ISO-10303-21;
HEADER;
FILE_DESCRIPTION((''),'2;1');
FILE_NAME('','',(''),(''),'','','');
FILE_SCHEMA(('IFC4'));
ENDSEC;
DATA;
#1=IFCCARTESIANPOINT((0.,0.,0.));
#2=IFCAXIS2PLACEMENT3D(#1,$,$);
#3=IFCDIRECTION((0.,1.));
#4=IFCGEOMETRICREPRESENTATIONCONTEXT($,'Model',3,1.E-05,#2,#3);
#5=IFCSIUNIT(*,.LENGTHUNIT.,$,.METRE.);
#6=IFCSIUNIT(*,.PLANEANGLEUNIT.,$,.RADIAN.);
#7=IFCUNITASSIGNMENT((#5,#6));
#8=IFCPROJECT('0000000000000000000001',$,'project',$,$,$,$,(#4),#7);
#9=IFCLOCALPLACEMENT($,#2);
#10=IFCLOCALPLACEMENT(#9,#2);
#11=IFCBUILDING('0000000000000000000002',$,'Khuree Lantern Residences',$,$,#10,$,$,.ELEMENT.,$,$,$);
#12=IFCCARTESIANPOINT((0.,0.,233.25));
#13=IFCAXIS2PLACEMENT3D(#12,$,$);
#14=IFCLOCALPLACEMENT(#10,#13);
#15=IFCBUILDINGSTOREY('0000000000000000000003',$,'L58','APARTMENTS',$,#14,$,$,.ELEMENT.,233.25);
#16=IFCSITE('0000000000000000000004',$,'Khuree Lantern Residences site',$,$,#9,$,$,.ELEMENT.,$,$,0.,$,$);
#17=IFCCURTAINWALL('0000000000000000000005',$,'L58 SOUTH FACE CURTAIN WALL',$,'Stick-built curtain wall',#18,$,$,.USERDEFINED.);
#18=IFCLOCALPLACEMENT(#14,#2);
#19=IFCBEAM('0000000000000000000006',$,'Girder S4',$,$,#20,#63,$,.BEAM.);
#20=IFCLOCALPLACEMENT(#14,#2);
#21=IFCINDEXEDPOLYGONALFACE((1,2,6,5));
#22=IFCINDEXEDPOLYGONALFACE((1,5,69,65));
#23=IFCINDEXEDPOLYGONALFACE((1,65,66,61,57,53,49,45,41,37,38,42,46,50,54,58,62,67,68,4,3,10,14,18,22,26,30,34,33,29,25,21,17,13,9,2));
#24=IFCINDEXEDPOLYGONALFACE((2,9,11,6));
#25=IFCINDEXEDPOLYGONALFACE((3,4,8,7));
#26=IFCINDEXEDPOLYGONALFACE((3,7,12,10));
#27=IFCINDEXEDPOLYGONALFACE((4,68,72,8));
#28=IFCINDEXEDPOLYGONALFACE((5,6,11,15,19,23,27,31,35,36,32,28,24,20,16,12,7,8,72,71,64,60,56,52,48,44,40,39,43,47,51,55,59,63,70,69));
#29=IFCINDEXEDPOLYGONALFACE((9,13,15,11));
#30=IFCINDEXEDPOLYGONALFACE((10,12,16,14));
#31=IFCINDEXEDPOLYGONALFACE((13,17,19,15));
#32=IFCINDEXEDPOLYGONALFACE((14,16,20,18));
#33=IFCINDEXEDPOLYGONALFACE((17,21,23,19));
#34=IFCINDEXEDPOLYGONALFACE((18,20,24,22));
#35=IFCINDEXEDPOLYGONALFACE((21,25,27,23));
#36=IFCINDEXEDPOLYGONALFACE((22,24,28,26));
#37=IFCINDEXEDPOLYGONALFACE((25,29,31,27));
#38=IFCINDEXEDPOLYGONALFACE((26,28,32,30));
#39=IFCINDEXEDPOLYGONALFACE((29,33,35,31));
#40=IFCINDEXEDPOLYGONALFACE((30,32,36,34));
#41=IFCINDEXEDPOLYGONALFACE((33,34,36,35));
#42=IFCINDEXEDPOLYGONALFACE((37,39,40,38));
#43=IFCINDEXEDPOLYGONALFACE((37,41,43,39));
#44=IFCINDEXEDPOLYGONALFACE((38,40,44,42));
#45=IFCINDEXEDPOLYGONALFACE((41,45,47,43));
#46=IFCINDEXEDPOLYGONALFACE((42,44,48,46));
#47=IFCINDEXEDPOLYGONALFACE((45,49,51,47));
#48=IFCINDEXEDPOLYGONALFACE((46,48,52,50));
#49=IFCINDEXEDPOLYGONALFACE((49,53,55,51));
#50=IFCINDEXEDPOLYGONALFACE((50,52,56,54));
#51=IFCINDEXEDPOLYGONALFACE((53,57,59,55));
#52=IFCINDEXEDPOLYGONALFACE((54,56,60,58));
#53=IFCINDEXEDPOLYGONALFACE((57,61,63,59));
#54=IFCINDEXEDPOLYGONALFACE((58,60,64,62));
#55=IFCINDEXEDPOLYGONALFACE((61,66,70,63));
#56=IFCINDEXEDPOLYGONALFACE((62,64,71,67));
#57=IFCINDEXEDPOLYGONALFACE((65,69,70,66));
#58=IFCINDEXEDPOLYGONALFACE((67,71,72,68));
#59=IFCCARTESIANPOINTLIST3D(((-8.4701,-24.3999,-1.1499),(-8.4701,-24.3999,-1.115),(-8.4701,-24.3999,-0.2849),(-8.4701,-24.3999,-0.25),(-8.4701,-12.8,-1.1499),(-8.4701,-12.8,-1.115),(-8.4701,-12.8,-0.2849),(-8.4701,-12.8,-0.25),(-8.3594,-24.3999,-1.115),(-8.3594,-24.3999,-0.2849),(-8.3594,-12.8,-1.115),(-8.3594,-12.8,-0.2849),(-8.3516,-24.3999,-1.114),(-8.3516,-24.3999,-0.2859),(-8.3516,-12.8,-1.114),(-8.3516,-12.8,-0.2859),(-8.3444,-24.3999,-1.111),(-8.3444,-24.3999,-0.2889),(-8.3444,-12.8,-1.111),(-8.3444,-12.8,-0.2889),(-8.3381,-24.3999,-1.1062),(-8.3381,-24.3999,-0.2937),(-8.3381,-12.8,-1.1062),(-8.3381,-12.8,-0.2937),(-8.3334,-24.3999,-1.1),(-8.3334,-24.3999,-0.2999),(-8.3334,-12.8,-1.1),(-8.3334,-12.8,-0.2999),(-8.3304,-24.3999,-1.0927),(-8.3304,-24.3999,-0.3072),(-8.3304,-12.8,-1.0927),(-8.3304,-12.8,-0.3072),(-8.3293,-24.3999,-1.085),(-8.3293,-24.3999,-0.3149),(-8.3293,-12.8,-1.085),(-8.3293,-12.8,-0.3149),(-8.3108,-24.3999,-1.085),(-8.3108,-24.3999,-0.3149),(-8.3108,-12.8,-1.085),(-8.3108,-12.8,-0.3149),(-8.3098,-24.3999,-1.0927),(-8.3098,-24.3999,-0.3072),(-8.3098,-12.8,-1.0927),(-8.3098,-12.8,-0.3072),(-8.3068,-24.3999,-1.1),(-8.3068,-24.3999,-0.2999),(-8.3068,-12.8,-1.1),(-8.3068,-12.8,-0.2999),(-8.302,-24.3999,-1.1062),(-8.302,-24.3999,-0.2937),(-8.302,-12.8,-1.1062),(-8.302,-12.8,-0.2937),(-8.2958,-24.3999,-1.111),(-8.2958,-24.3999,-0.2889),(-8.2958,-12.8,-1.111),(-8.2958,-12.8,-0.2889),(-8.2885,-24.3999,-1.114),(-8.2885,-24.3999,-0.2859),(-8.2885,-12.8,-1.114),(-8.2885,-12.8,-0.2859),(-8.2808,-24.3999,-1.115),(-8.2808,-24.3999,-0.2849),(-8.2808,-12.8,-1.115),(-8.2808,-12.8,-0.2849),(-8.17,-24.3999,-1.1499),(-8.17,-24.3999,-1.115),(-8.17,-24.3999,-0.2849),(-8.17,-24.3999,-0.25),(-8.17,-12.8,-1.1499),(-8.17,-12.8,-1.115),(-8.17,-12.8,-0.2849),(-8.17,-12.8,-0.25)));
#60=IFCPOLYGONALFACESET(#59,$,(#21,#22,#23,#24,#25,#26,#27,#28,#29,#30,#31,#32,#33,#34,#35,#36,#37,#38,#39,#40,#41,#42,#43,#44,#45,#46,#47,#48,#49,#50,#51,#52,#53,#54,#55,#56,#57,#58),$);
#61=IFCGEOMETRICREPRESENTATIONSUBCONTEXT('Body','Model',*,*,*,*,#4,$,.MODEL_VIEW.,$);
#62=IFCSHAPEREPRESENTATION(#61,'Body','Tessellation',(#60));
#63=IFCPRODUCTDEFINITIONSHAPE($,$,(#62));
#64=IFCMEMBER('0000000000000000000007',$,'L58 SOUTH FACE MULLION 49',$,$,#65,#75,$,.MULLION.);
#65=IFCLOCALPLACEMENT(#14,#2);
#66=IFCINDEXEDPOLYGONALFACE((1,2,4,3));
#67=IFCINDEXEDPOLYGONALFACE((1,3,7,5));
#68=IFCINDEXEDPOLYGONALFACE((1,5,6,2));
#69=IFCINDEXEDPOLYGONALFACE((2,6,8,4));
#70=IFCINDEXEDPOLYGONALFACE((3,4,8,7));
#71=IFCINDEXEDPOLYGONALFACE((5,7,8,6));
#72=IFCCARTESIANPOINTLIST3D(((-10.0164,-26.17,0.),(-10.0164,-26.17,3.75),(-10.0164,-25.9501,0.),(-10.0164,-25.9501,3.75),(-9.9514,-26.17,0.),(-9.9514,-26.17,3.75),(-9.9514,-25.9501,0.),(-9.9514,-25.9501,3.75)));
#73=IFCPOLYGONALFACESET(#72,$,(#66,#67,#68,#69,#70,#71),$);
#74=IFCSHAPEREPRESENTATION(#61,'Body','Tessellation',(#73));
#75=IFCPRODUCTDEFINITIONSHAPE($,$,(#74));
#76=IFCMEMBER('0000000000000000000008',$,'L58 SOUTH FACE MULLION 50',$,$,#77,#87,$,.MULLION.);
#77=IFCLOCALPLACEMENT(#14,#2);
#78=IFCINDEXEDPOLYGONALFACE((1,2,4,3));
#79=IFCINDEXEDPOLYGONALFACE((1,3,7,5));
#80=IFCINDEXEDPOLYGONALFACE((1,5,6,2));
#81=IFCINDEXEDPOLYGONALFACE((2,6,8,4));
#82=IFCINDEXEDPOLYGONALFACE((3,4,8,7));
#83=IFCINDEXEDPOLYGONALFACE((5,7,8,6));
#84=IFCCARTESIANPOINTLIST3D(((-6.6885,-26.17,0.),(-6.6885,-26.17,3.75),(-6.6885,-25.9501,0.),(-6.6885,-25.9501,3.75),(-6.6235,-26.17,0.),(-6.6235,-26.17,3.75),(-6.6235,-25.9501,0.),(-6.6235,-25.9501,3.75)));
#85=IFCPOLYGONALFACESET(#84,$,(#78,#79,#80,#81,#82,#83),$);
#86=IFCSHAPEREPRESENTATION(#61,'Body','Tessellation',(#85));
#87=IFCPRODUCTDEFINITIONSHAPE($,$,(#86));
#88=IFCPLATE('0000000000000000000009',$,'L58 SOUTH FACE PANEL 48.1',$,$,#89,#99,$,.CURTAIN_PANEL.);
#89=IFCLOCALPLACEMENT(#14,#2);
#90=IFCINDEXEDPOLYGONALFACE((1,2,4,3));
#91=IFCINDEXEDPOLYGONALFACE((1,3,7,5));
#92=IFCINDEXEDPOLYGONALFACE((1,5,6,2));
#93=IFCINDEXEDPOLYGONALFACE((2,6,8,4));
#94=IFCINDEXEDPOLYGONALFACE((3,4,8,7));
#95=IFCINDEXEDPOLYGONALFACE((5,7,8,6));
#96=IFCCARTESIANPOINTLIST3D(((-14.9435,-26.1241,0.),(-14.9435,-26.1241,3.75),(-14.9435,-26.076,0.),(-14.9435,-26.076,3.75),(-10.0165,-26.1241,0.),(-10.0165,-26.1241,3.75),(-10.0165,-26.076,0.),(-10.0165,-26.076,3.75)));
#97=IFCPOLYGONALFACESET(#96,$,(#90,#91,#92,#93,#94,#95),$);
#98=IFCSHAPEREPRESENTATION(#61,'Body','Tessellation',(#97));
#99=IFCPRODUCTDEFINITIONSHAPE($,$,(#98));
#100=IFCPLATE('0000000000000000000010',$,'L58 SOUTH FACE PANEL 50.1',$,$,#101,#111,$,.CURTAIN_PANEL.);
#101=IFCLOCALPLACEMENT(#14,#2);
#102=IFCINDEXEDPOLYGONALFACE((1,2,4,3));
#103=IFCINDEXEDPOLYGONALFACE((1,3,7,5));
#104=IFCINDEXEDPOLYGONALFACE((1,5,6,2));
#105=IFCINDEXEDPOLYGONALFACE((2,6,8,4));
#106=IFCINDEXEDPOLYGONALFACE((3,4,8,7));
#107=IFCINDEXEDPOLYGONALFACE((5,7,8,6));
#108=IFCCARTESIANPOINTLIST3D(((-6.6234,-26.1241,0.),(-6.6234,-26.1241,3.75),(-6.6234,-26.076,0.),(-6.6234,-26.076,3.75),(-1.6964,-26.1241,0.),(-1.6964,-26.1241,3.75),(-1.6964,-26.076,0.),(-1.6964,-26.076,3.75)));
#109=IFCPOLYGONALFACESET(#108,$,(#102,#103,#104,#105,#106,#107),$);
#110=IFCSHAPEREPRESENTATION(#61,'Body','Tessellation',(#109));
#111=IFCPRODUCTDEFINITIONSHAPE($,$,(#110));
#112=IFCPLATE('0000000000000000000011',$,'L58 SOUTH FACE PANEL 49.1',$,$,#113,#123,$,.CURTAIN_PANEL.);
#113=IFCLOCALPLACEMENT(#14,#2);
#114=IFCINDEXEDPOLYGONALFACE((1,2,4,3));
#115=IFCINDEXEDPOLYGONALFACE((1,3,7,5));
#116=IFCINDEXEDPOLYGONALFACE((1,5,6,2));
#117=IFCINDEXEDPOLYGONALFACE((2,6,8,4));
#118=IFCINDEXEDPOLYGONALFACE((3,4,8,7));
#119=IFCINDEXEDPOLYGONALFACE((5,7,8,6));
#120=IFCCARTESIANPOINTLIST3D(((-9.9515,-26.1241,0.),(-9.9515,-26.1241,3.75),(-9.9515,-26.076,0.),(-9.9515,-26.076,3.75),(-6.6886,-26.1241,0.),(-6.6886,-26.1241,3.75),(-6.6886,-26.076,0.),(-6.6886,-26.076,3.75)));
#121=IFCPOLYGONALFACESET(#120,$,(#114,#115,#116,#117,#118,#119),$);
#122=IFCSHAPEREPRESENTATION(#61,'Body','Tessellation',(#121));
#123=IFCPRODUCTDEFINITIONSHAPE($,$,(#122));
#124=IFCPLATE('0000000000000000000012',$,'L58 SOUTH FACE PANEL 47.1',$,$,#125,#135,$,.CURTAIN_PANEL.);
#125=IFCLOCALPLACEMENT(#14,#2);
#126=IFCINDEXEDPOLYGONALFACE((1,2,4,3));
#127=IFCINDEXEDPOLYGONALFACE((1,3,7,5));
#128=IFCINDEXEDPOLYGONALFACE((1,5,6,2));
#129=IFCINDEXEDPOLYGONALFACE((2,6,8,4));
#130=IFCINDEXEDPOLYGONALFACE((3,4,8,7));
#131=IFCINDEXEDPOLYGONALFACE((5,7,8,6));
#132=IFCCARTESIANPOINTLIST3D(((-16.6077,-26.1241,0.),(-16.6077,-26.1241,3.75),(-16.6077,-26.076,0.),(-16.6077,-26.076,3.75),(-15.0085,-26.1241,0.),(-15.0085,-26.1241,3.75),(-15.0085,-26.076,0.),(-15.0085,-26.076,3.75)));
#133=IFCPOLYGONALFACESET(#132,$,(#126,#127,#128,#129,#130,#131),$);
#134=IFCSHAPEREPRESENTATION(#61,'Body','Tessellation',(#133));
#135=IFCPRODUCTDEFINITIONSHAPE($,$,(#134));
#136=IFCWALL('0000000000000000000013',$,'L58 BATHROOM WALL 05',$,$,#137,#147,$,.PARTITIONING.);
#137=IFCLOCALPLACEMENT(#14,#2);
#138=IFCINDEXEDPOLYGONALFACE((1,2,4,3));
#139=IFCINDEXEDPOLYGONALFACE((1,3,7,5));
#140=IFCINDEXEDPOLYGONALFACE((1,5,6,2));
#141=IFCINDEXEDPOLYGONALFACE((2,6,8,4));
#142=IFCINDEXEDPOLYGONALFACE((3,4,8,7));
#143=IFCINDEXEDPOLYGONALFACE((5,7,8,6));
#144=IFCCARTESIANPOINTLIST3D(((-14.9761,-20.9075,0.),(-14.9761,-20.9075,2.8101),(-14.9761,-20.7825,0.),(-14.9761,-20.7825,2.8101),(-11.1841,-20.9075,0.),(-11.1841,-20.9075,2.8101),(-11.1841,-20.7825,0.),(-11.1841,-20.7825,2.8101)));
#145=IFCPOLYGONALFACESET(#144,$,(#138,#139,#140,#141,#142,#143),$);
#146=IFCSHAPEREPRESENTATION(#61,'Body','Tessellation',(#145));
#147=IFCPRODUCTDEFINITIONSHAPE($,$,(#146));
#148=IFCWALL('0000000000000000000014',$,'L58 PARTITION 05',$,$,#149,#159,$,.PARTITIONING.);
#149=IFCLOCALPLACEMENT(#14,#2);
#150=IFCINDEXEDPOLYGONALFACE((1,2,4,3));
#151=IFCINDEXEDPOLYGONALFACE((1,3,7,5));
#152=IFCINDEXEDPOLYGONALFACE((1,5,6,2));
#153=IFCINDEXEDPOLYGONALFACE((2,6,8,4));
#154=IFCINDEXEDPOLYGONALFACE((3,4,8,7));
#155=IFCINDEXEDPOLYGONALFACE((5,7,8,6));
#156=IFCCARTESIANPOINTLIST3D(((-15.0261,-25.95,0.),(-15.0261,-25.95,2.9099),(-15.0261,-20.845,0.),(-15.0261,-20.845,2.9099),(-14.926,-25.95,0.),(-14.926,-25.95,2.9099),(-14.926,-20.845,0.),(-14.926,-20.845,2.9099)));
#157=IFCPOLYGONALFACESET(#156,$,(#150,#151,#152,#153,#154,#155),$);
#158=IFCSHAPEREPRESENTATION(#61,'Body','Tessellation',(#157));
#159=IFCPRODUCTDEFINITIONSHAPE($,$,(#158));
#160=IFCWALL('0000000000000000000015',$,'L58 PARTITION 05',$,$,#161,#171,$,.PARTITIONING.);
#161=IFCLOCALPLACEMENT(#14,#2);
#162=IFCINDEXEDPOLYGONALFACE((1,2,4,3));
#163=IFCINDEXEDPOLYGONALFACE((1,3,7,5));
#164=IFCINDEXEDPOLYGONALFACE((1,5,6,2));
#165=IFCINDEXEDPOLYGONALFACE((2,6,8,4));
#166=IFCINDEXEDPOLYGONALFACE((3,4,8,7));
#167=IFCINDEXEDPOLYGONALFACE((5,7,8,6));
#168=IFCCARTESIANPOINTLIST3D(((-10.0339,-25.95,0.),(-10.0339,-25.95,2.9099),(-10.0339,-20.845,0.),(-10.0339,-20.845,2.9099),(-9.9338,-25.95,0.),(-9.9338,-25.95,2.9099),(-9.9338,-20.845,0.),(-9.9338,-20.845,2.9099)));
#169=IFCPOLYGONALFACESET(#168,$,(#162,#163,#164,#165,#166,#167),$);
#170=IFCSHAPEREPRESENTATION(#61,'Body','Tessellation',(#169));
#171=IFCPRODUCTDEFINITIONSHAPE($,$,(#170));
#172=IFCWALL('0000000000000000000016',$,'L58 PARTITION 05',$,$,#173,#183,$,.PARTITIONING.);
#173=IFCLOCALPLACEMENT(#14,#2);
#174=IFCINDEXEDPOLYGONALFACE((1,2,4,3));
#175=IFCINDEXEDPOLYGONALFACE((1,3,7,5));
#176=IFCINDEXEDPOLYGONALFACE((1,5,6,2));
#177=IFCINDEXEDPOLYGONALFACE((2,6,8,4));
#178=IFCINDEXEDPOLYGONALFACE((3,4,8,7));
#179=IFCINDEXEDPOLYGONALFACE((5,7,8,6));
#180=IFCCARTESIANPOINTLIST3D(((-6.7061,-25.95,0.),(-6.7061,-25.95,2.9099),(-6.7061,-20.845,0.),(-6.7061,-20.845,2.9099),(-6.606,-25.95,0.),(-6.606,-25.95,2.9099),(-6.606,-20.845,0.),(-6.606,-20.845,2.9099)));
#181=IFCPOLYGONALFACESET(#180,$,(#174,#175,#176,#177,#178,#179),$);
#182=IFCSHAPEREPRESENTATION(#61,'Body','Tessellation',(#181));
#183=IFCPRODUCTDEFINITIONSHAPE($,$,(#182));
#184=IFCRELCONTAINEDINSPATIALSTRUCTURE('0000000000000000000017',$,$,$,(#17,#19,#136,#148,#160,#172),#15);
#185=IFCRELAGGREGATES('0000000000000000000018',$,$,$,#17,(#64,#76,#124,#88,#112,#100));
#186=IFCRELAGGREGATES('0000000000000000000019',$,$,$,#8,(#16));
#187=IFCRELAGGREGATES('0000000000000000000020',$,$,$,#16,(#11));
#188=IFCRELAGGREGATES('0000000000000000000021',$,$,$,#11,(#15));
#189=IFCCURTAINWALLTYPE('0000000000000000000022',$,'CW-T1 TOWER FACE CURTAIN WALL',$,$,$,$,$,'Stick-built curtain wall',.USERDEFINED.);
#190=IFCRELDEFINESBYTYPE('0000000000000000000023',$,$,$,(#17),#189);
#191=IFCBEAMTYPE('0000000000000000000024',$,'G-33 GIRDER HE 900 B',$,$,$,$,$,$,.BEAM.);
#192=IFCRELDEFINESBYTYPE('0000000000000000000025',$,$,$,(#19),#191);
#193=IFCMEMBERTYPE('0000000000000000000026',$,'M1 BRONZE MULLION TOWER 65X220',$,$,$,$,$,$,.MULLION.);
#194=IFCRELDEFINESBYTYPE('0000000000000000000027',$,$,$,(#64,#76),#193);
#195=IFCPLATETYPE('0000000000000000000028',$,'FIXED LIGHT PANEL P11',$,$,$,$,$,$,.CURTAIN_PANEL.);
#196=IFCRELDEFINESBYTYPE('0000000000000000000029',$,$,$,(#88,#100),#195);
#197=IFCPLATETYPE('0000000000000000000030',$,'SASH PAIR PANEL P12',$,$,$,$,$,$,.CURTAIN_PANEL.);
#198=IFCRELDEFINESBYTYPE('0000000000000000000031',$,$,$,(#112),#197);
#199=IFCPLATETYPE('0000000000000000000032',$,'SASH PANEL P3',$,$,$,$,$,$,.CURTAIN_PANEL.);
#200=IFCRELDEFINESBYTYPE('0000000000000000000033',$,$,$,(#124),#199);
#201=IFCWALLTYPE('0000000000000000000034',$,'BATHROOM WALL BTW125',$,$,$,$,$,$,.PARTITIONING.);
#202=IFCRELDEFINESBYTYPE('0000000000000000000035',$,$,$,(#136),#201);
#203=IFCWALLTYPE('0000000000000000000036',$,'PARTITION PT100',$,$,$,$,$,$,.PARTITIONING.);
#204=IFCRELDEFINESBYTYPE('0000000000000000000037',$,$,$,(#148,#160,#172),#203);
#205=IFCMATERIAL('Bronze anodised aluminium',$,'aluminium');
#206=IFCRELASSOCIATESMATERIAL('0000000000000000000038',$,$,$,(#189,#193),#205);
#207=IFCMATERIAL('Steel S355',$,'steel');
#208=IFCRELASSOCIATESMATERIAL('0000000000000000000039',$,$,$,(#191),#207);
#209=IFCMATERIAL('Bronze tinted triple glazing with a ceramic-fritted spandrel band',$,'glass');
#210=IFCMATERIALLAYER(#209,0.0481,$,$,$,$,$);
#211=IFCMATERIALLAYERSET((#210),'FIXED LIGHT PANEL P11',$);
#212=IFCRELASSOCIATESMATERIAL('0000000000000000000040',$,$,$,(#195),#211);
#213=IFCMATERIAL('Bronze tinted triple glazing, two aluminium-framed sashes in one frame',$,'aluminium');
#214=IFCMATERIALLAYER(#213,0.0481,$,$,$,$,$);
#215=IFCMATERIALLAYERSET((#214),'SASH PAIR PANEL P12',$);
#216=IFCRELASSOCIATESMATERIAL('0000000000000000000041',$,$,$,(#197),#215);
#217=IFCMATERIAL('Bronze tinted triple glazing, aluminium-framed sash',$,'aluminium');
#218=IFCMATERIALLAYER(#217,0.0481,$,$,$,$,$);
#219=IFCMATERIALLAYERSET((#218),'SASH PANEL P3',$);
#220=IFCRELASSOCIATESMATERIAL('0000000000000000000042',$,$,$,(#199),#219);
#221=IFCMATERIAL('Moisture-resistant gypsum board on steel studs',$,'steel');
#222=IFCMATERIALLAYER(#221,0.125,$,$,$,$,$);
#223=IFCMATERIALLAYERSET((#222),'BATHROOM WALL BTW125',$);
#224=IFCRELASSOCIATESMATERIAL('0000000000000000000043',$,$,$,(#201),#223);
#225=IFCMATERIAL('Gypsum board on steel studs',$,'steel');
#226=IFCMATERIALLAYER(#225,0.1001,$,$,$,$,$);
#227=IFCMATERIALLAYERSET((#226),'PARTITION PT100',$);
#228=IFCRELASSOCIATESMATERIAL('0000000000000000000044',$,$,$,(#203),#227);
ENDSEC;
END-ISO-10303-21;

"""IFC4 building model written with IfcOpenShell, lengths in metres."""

from ifc_helpers import new_model, si_unit, direction, frame, frame_2d, origin, origin_2d, place, context, subcontext, project, spatial, rectangle, i_section, extrude, material, layer, layer_set, material_profile, profile_set, type_object, element, aggregate, save


model = new_model("IFC4")

# Units and contexts
model_context = context("Model", 3, precision=1e-05, world=origin(), true_north=direction((0.0, 1.0)))
body_context = subcontext(model_context, "Body", "Model", "MODEL_VIEW")
ifc_project = project(units=[si_unit("LENGTHUNIT", "METRE"), si_unit("PLANEANGLEUNIT", "RADIAN")], contexts=[model_context])

# Site, building, storey
site_placement = place(None, origin())
site = spatial("IfcSite", under=ifc_project, at=site_placement, Name="Khuree Lantern Residences site", CompositionType="ELEMENT", RefElevation=0.0)
building_placement = place(site_placement, origin())
building = spatial("IfcBuilding", under=site, at=building_placement, Name="Khuree Lantern Residences", CompositionType="ELEMENT")
storey_placement = place(building_placement, frame((0.0, 0.0, 233.25)))
storey = spatial("IfcBuildingStorey", under=building, at=storey_placement, Name="L58", Description="APARTMENTS", CompositionType="ELEMENT", Elevation=233.25)

# Shared definitions
ifc_material_1 = material(Name="Steel S355", Category="steel")

# Curtain wall
ifc_material_2 = material(Name="Bronze anodised aluminium", Category="aluminium")
curtain_wall_type = type_object("IfcCurtainWallType", Name="CW-T1 TOWER FACE CURTAIN WALL", ElementType="Stick-built curtain wall", PredefinedType="USERDEFINED", material=ifc_material_2)
curtain_wall_placement = place(storey_placement, origin())
curtain_wall = element("IfcCurtainWall", 1, at=curtain_wall_placement, inside=storey, type_object=curtain_wall_type, Name="L58 SOUTH FACE CURTAIN WALL", ObjectType="Stick-built curtain wall", PredefinedType="USERDEFINED")

# Beam
ifc_material_profile_1 = material_profile(ifc_material_1, i_section(OverallWidth=0.3, OverallDepth=0.8999, WebThickness=0.0186, FlangeThickness=0.0349, FilletRadius=0.03, at=origin_2d()), Name="HE 900 B")
ifc_profile_set_1 = profile_set([ifc_material_profile_1], Name="Steel S355")
beam_type_1 = type_object("IfcBeamType", Name="G-33 GIRDER HE 900 B", PredefinedType="BEAM", material=ifc_profile_set_1)
beam_1_placement = place(storey_placement, frame((-8.3201, -24.3999, -0.7), z_axis=(0.0, 1.0, 0.0), x_axis=(-1.0, 0.0, 0.0)))
element("IfcBeam", 2, at=beam_1_placement, inside=storey, type_object=beam_type_1, Name="Girder S4", PredefinedType="BEAM", context=body_context, shape_type="SweptSolid", body=[
    extrude(i_section(OverallWidth=0.3, OverallDepth=0.8999, WebThickness=0.0186, FlangeThickness=0.0349, FilletRadius=0.03, at=origin_2d()), origin(), (0.0, 0.0, 1.0), 11.5999),
])

# Members
ifc_material_profile_2 = material_profile(ifc_material_2, rectangle(XDim=0.0649, YDim=0.22, at=origin_2d()), Name="M1 65X220")
ifc_profile_set_2 = profile_set([ifc_material_profile_2], Name="Bronze anodised aluminium")
member_type_1 = type_object("IfcMemberType", Name="M1 BRONZE MULLION TOWER 65X220", PredefinedType="MULLION", material=ifc_profile_set_2)
member_1_placement = place(storey_placement, frame((-9.9839, -26.0601, 0.0), z_axis=(0.0, 0.0, 1.0), x_axis=(1.0, 0.0, 0.0)))
member_1 = element("IfcMember", 3, at=member_1_placement, type_object=member_type_1, Name="L58 SOUTH FACE MULLION 49", PredefinedType="MULLION", context=body_context, shape_type="SweptSolid", body=[
    extrude(rectangle(XDim=0.0649, YDim=0.22, at=origin_2d()), origin(), (0.0, 0.0, 1.0), 3.75),
])
member_2_placement = place(storey_placement, frame((-6.656, -26.0601, 0.0), z_axis=(0.0, 0.0, 1.0), x_axis=(1.0, 0.0, 0.0)))
member_2 = element("IfcMember", 4, at=member_2_placement, type_object=member_type_1, Name="L58 SOUTH FACE MULLION 50", PredefinedType="MULLION", context=body_context, shape_type="SweptSolid", body=[
    extrude(rectangle(XDim=0.0649, YDim=0.22, at=origin_2d()), origin(), (0.0, 0.0, 1.0), 3.75),
])

# Plates
ifc_material_3 = material(Name="Bronze tinted triple glazing with a ceramic-fritted spandrel band", Category="glass")
ifc_layer_1 = layer(ifc_material_3, 0.0481)
ifc_layer_set_1 = layer_set([ifc_layer_1], Name="FIXED LIGHT PANEL P11")
plate_type_1 = type_object("IfcPlateType", Name="FIXED LIGHT PANEL P11", PredefinedType="CURTAIN_PANEL", material=ifc_layer_set_1)
plate_1_placement = place(storey_placement, frame((-12.48, -26.1001, 0.0), z_axis=(0.0, 0.0, 1.0), x_axis=(1.0, 0.0, 0.0)))
plate_1 = element("IfcPlate", 5, at=plate_1_placement, type_object=plate_type_1, Name="L58 SOUTH FACE PANEL 48.1", PredefinedType="CURTAIN_PANEL", context=body_context, shape_type="SweptSolid", body=[
    extrude(rectangle(XDim=4.927, YDim=0.0481, at=origin_2d()), origin(), (0.0, 0.0, 1.0), 3.75),
])
plate_2_placement = place(storey_placement, frame((-4.1599, -26.1001, 0.0), z_axis=(0.0, 0.0, 1.0), x_axis=(1.0, 0.0, 0.0)))
plate_2 = element("IfcPlate", 6, at=plate_2_placement, type_object=plate_type_1, Name="L58 SOUTH FACE PANEL 50.1", PredefinedType="CURTAIN_PANEL", context=body_context, shape_type="SweptSolid", body=[
    extrude(rectangle(XDim=4.927, YDim=0.0481, at=origin_2d()), origin(), (0.0, 0.0, 1.0), 3.75),
])
ifc_material_4 = material(Name="Bronze tinted triple glazing, two aluminium-framed sashes in one frame", Category="aluminium")
ifc_layer_2 = layer(ifc_material_4, 0.0481)
ifc_layer_set_2 = layer_set([ifc_layer_2], Name="SASH PAIR PANEL P12")
plate_type_2 = type_object("IfcPlateType", Name="SASH PAIR PANEL P12", PredefinedType="CURTAIN_PANEL", material=ifc_layer_set_2)
plate_3_placement = place(storey_placement, frame((-8.3201, -26.1001, 0.0), z_axis=(0.0, 0.0, 1.0), x_axis=(1.0, 0.0, 0.0)))
plate_3 = element("IfcPlate", 7, at=plate_3_placement, type_object=plate_type_2, Name="L58 SOUTH FACE PANEL 49.1", PredefinedType="CURTAIN_PANEL", context=body_context, shape_type="SweptSolid", body=[
    extrude(rectangle(XDim=3.2629, YDim=0.0481, at=origin_2d()), origin(), (0.0, 0.0, 1.0), 3.75),
])
ifc_material_5 = material(Name="Bronze tinted triple glazing, aluminium-framed sash", Category="aluminium")
ifc_layer_3 = layer(ifc_material_5, 0.0481)
ifc_layer_set_3 = layer_set([ifc_layer_3], Name="SASH PANEL P3")
plate_type_3 = type_object("IfcPlateType", Name="SASH PANEL P3", PredefinedType="CURTAIN_PANEL", material=ifc_layer_set_3)
plate_4_placement = place(storey_placement, frame((-15.8081, -26.1001, 0.0), z_axis=(0.0, 0.0, 1.0), x_axis=(1.0, 0.0, 0.0)))
plate_4 = element("IfcPlate", 8, at=plate_4_placement, type_object=plate_type_3, Name="L58 SOUTH FACE PANEL 47.1", PredefinedType="CURTAIN_PANEL", context=body_context, shape_type="SweptSolid", body=[
    extrude(rectangle(XDim=1.5991, YDim=0.0481, at=origin_2d()), origin(), (0.0, 0.0, 1.0), 3.75),
])
aggregate(curtain_wall, [member_1, member_2, plate_4, plate_1, plate_3, plate_2])

# Walls
ifc_material_6 = material(Name="Moisture-resistant gypsum board on steel studs", Category="steel")
ifc_layer_4 = layer(ifc_material_6, 0.125)
ifc_layer_set_4 = layer_set([ifc_layer_4], Name="BATHROOM WALL BTW125")
wall_type_1 = type_object("IfcWallType", Name="BATHROOM WALL BTW125", PredefinedType="PARTITIONING", material=ifc_layer_set_4)
wall_1_placement = place(storey_placement, frame((-14.9761, -20.845, 0.0), z_axis=(0.0, 0.0, 1.0), x_axis=(1.0, 0.0, 0.0)))
element("IfcWall", 9, at=wall_1_placement, inside=storey, type_object=wall_type_1, Name="L58 BATHROOM WALL 05", PredefinedType="PARTITIONING", context=body_context, shape_type="SweptSolid", body=[
    extrude(rectangle(XDim=3.792, YDim=0.125, at=frame_2d((1.896, 0.0))), origin(), (0.0, 0.0, 1.0), 2.8101),
])
ifc_material_7 = material(Name="Gypsum board on steel studs", Category="steel")
ifc_layer_5 = layer(ifc_material_7, 0.1001)
ifc_layer_set_5 = layer_set([ifc_layer_5], Name="PARTITION PT100")
wall_type_2 = type_object("IfcWallType", Name="PARTITION PT100", PredefinedType="PARTITIONING", material=ifc_layer_set_5)
for number, where, z_axis, x_axis, name in (
    (10, (-14.9761, -20.845, 0.0), (0.0, 0.0, 1.0), (0.0, -1.0, 0.0), "L58 PARTITION 05"),
    (11, (-9.9839, -20.845, 0.0), (0.0, 0.0, 1.0), (0.0, -1.0, 0.0), "L58 PARTITION 05"),
    (12, (-6.656, -20.845, 0.0), (0.0, 0.0, 1.0), (0.0, -1.0, 0.0), "L58 PARTITION 05"),
):
    element("IfcWall", number, at=place(storey_placement, frame(where, z_axis=z_axis, x_axis=x_axis)), inside=storey, type_object=wall_type_2, Name=name, PredefinedType="PARTITIONING", context=body_context, shape_type="SweptSolid", body=[
        extrude(rectangle(XDim=5.105, YDim=0.1001, at=frame_2d((2.5525, 0.0))), origin(), (0.0, 0.0, 1.0), 2.9099),
    ])

save(model, "model.ifc")
